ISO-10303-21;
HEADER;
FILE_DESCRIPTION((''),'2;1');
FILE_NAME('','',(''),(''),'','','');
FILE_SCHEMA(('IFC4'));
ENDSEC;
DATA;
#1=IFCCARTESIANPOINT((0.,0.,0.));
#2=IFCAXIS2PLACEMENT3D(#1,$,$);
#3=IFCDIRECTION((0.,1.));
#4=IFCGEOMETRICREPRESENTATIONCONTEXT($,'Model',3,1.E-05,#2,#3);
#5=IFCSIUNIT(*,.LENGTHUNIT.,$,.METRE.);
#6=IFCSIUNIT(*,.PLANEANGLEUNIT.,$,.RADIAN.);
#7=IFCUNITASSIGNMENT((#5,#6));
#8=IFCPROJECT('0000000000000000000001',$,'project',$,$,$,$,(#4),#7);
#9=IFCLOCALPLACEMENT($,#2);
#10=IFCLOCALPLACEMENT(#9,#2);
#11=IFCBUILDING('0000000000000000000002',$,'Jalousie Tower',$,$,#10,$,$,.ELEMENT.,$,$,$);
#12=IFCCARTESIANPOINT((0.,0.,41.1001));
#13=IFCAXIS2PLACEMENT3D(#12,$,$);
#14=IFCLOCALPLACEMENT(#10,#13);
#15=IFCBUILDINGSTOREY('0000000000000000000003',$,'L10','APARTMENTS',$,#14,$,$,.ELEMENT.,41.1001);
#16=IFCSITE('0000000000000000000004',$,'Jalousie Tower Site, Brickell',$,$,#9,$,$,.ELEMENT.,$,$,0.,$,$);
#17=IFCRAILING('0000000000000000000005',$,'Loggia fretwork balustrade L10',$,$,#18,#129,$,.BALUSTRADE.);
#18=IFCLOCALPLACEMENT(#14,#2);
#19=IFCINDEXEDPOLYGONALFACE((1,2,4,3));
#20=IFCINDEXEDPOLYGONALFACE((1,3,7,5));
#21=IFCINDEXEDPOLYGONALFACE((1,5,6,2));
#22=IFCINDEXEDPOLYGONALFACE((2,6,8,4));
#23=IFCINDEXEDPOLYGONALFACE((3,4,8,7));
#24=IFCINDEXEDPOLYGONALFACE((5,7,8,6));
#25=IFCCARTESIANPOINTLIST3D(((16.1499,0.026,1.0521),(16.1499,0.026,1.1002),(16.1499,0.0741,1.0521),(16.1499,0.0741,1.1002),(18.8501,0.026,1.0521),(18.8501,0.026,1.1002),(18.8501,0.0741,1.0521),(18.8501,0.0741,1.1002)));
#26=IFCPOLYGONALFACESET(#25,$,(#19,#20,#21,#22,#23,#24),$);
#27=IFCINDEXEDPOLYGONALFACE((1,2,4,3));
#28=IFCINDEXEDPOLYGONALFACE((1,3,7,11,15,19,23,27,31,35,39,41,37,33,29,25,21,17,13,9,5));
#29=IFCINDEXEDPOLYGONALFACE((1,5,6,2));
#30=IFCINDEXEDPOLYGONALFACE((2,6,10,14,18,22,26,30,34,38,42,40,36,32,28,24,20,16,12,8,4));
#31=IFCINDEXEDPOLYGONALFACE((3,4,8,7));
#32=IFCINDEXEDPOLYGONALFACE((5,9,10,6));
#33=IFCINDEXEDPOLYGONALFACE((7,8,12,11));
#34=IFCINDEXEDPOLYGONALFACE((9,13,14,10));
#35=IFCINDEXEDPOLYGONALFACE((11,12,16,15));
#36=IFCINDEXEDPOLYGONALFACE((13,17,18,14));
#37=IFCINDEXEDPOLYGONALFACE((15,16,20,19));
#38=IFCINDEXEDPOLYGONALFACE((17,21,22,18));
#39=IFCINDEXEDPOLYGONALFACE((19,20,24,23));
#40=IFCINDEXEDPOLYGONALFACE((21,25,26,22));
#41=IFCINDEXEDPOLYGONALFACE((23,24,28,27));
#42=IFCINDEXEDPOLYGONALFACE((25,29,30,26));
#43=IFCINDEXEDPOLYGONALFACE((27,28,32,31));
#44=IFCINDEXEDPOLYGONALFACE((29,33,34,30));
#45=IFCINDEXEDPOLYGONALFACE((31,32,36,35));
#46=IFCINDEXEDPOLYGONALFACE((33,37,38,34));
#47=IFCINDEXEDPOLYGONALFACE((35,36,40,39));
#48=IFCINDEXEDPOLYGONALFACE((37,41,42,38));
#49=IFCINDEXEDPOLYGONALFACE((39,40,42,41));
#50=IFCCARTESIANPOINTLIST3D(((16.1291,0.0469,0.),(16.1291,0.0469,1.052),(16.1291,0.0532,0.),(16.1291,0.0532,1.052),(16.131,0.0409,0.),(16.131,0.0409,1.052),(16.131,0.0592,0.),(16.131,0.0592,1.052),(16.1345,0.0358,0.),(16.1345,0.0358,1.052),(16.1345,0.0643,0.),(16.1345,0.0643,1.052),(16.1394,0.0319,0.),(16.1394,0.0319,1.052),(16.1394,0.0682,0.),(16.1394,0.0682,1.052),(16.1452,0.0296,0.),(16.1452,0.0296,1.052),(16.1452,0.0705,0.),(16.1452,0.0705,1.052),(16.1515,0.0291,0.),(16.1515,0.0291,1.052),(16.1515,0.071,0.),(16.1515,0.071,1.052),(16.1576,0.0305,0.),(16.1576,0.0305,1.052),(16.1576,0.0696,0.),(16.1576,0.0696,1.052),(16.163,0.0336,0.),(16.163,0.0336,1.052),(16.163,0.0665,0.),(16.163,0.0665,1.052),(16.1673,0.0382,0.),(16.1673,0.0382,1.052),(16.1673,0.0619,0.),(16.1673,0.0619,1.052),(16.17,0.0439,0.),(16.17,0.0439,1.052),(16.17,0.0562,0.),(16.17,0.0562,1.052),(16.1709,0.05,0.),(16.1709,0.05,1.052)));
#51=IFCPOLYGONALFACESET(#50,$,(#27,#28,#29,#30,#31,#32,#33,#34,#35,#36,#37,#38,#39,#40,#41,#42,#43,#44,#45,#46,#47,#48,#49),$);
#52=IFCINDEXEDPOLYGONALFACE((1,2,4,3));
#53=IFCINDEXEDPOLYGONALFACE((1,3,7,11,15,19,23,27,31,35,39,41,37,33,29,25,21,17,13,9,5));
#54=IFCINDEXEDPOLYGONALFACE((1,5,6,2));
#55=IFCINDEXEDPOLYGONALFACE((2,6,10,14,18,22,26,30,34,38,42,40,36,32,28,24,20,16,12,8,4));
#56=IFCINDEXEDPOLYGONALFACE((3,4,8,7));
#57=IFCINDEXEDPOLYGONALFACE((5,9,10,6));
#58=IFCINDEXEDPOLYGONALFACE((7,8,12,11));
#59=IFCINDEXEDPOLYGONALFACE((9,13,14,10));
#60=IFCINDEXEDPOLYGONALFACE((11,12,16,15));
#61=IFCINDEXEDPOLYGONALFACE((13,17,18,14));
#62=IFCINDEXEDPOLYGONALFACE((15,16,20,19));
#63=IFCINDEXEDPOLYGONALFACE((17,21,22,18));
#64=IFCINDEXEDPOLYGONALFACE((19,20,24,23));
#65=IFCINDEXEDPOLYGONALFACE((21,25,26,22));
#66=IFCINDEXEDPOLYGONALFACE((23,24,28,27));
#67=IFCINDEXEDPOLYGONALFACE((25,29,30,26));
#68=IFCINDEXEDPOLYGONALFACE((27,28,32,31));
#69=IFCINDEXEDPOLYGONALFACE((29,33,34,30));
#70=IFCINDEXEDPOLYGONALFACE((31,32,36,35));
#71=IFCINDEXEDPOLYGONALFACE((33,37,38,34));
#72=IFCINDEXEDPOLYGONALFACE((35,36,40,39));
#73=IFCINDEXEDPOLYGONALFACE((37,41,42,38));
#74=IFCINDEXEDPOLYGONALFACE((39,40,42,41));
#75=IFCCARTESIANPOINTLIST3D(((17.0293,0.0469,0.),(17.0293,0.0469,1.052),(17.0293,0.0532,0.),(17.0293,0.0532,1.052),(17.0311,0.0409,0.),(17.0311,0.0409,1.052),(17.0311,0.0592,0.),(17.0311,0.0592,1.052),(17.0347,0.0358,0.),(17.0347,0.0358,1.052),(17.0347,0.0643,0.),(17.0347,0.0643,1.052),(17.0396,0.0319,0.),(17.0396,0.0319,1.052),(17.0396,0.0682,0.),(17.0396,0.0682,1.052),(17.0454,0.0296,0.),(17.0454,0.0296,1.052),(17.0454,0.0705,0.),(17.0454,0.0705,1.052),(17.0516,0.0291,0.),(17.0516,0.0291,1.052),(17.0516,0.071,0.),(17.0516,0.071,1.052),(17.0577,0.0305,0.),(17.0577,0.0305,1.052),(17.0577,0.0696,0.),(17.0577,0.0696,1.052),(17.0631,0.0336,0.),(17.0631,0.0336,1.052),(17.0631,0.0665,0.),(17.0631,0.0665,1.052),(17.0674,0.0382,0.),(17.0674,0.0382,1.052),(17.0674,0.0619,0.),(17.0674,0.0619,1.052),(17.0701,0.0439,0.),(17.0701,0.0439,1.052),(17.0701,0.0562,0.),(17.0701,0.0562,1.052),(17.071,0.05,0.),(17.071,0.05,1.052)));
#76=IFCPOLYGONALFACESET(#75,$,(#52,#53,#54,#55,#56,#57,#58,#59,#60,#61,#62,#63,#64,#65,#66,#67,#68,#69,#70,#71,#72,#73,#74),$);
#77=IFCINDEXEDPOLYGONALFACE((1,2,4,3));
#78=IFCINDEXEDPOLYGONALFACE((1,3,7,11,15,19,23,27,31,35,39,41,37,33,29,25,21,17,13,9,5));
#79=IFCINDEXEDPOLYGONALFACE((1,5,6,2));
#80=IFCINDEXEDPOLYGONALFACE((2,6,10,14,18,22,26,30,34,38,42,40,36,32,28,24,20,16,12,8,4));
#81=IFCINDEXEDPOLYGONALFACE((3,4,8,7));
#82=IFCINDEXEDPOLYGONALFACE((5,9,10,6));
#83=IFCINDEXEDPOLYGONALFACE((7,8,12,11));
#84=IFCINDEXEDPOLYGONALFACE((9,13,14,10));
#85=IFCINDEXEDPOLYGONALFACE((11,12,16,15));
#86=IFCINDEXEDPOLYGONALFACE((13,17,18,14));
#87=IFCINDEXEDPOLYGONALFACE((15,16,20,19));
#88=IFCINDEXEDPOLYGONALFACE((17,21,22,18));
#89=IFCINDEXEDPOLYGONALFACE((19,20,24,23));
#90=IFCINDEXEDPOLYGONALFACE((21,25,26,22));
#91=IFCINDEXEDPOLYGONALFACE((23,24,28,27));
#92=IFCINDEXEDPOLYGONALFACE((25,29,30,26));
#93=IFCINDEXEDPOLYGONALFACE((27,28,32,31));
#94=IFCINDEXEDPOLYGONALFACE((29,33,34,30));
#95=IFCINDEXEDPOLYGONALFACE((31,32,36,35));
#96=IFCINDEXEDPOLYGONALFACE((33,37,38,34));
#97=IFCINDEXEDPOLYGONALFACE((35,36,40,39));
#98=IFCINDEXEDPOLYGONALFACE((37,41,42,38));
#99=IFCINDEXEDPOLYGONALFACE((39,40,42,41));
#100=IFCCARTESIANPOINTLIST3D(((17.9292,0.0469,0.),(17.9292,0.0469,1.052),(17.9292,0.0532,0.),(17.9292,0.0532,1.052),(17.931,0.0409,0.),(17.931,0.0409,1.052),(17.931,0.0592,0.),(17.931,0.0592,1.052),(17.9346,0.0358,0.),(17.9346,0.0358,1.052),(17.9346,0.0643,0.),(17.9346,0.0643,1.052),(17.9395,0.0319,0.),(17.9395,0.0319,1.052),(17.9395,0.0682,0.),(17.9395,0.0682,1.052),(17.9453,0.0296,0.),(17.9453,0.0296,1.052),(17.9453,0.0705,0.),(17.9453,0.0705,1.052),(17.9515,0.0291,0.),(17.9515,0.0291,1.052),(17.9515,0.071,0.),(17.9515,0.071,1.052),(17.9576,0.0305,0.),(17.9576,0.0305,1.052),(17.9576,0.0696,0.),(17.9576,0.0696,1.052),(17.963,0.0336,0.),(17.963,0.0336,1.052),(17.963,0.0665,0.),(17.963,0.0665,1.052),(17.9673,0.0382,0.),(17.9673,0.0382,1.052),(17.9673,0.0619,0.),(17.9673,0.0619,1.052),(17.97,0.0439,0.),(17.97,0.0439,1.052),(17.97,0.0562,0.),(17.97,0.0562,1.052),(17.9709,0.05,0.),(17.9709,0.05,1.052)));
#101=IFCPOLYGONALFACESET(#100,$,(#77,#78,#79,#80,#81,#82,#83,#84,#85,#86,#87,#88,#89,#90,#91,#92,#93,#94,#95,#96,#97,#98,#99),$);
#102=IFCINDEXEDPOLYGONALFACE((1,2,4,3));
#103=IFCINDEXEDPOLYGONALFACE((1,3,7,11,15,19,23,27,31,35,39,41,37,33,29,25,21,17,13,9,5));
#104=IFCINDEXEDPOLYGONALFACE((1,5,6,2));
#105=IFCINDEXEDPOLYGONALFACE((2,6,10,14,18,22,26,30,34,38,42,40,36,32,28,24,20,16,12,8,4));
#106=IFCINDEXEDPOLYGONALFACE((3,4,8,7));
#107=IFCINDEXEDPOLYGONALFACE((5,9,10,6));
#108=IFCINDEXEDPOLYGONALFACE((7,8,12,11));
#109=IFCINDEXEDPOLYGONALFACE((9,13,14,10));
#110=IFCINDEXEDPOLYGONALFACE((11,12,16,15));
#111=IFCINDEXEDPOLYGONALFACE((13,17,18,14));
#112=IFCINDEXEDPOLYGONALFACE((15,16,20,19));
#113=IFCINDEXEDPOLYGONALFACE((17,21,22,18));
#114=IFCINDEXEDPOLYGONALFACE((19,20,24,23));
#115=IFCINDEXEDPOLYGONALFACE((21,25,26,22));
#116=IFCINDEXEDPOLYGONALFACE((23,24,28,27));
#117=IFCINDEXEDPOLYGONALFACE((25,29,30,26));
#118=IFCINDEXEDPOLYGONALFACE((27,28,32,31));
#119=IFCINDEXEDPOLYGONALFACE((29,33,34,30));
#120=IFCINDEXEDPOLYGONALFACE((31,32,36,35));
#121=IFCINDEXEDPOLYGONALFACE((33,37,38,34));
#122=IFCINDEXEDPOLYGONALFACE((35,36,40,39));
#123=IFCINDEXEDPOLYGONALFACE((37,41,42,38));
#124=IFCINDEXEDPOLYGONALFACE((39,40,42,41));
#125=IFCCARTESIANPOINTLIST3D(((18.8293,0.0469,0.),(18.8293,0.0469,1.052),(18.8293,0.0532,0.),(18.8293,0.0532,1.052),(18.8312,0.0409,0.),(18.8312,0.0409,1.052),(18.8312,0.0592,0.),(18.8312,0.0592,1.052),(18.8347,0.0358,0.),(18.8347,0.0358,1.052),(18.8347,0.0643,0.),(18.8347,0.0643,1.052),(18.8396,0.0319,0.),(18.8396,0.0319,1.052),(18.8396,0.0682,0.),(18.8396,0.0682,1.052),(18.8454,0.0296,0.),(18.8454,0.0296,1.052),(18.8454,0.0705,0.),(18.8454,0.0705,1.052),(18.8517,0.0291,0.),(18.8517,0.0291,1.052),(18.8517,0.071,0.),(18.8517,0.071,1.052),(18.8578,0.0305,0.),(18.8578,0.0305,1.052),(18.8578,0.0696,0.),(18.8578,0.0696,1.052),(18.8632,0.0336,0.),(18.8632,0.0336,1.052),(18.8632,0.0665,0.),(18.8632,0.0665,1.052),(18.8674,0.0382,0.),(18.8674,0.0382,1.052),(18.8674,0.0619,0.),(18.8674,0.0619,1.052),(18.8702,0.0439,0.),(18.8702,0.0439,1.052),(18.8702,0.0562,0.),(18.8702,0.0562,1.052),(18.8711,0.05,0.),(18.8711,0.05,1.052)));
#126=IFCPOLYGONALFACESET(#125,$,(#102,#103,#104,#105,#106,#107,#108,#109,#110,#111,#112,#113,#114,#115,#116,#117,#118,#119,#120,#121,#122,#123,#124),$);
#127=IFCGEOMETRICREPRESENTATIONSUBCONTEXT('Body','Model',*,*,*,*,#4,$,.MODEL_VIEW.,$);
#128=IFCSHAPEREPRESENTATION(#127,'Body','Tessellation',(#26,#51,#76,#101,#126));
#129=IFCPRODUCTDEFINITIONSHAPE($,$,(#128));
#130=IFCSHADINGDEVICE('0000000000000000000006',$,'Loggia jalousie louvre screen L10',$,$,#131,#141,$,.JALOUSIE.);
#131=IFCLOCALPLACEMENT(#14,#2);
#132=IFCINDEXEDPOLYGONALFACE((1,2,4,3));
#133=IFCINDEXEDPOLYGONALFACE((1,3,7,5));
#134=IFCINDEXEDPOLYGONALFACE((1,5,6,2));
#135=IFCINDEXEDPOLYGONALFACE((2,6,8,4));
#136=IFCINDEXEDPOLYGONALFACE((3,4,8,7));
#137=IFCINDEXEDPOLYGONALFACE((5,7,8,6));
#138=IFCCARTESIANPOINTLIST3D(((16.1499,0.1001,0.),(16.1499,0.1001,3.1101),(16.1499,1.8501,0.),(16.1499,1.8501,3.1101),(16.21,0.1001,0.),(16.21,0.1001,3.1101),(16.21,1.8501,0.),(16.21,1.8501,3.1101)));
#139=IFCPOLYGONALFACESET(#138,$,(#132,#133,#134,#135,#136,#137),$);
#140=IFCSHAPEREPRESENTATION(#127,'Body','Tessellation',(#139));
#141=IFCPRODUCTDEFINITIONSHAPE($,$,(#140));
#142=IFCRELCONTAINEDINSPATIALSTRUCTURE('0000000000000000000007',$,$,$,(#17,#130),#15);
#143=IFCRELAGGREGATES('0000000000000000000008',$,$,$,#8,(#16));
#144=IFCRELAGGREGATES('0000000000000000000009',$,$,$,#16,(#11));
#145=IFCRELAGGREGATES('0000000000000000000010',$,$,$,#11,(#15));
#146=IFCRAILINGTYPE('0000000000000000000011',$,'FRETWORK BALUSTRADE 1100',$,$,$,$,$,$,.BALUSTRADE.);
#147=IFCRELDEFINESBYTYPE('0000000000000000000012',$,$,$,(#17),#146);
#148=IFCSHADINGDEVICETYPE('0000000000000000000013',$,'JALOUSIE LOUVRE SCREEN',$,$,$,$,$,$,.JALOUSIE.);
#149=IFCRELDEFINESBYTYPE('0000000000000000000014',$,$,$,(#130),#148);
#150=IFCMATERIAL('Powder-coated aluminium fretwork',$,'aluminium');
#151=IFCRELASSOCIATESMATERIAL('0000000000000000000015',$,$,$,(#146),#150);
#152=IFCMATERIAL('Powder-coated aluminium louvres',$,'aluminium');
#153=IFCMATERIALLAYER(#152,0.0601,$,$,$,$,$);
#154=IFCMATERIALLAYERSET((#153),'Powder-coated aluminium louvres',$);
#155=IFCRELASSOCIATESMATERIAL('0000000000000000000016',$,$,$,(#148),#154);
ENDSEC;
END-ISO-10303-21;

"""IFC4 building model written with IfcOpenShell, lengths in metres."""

from ifc_helpers import new_model, si_unit, direction, frame, origin, origin_2d, place, context, subcontext, project, spatial, rectangle, circle, extrude, material, layer, layer_set, type_object, element, save


model = new_model("IFC4")

# Units and contexts
model_context = context("Model", 3, precision=1e-05, world=origin(), true_north=direction((0.0, 1.0)))
body_context = subcontext(model_context, "Body", "Model", "MODEL_VIEW")
ifc_project = project(units=[si_unit("LENGTHUNIT", "METRE"), si_unit("PLANEANGLEUNIT", "RADIAN")], contexts=[model_context])

# Site, building, storey
site_placement = place(None, origin())
site = spatial("IfcSite", under=ifc_project, at=site_placement, Name="Jalousie Tower Site, Brickell", CompositionType="ELEMENT", RefElevation=0.0)
building_placement = place(site_placement, origin())
building = spatial("IfcBuilding", under=site, at=building_placement, Name="Jalousie Tower", CompositionType="ELEMENT")
storey_placement = place(building_placement, frame((0.0, 0.0, 41.1001)))
storey = spatial("IfcBuildingStorey", under=building, at=storey_placement, Name="L10", Description="APARTMENTS", CompositionType="ELEMENT", Elevation=41.1001)

# Railing
ifc_material_1 = material(Name="Powder-coated aluminium fretwork", Category="aluminium")
railing_type = type_object("IfcRailingType", Name="FRETWORK BALUSTRADE 1100", PredefinedType="BALUSTRADE", material=ifc_material_1)
railing_placement = place(storey_placement, frame((16.1499, 0.05, 0.0)))
element("IfcRailing", 1, at=railing_placement, inside=storey, type_object=railing_type, Name="Loggia fretwork balustrade L10", PredefinedType="BALUSTRADE", context=body_context, shape_type="SweptSolid", body=[
    extrude(rectangle(XDim=0.0481, YDim=0.0481, at=origin_2d()), frame((0.0, 0.0, 1.0762), z_axis=(1.0, 0.0, 0.0), x_axis=(0.0, 1.0, 0.0)), (0.0, 0.0, 1.0), 2.7002),
    extrude(circle(Radius=0.021, at=origin_2d()), origin(), (0.0, 0.0, 1.0), 1.052),
    extrude(circle(Radius=0.021, at=origin_2d()), frame((0.9001, 0.0, 0.0)), (0.0, 0.0, 1.0), 1.052),
    extrude(circle(Radius=0.021, at=origin_2d()), frame((1.8, 0.0, 0.0)), (0.0, 0.0, 1.0), 1.052),
    extrude(circle(Radius=0.021, at=origin_2d()), frame((2.7002, 0.0, 0.0)), (0.0, 0.0, 1.0), 1.052),
])

# Shading device
ifc_material_2 = material(Name="Powder-coated aluminium louvres", Category="aluminium")
ifc_layer_1 = layer(ifc_material_2, 0.0601)
ifc_layer_set_1 = layer_set([ifc_layer_1], Name="Powder-coated aluminium louvres")
shading_device_type = type_object("IfcShadingDeviceType", Name="JALOUSIE LOUVRE SCREEN", PredefinedType="JALOUSIE", material=ifc_layer_set_1)
shading_device_placement = place(storey_placement, frame((16.1799, 0.9751, 0.0), z_axis=(0.0, 0.0, 1.0), x_axis=(1.0, 0.0, 0.0)))
element("IfcShadingDevice", 2, at=shading_device_placement, inside=storey, type_object=shading_device_type, Name="Loggia jalousie louvre screen L10", PredefinedType="JALOUSIE", context=body_context, shape_type="SweptSolid", body=[
    extrude(rectangle(XDim=0.0601, YDim=1.75, at=origin_2d()), origin(), (0.0, 0.0, 1.0), 3.1101),
])

save(model, "model.ifc")
